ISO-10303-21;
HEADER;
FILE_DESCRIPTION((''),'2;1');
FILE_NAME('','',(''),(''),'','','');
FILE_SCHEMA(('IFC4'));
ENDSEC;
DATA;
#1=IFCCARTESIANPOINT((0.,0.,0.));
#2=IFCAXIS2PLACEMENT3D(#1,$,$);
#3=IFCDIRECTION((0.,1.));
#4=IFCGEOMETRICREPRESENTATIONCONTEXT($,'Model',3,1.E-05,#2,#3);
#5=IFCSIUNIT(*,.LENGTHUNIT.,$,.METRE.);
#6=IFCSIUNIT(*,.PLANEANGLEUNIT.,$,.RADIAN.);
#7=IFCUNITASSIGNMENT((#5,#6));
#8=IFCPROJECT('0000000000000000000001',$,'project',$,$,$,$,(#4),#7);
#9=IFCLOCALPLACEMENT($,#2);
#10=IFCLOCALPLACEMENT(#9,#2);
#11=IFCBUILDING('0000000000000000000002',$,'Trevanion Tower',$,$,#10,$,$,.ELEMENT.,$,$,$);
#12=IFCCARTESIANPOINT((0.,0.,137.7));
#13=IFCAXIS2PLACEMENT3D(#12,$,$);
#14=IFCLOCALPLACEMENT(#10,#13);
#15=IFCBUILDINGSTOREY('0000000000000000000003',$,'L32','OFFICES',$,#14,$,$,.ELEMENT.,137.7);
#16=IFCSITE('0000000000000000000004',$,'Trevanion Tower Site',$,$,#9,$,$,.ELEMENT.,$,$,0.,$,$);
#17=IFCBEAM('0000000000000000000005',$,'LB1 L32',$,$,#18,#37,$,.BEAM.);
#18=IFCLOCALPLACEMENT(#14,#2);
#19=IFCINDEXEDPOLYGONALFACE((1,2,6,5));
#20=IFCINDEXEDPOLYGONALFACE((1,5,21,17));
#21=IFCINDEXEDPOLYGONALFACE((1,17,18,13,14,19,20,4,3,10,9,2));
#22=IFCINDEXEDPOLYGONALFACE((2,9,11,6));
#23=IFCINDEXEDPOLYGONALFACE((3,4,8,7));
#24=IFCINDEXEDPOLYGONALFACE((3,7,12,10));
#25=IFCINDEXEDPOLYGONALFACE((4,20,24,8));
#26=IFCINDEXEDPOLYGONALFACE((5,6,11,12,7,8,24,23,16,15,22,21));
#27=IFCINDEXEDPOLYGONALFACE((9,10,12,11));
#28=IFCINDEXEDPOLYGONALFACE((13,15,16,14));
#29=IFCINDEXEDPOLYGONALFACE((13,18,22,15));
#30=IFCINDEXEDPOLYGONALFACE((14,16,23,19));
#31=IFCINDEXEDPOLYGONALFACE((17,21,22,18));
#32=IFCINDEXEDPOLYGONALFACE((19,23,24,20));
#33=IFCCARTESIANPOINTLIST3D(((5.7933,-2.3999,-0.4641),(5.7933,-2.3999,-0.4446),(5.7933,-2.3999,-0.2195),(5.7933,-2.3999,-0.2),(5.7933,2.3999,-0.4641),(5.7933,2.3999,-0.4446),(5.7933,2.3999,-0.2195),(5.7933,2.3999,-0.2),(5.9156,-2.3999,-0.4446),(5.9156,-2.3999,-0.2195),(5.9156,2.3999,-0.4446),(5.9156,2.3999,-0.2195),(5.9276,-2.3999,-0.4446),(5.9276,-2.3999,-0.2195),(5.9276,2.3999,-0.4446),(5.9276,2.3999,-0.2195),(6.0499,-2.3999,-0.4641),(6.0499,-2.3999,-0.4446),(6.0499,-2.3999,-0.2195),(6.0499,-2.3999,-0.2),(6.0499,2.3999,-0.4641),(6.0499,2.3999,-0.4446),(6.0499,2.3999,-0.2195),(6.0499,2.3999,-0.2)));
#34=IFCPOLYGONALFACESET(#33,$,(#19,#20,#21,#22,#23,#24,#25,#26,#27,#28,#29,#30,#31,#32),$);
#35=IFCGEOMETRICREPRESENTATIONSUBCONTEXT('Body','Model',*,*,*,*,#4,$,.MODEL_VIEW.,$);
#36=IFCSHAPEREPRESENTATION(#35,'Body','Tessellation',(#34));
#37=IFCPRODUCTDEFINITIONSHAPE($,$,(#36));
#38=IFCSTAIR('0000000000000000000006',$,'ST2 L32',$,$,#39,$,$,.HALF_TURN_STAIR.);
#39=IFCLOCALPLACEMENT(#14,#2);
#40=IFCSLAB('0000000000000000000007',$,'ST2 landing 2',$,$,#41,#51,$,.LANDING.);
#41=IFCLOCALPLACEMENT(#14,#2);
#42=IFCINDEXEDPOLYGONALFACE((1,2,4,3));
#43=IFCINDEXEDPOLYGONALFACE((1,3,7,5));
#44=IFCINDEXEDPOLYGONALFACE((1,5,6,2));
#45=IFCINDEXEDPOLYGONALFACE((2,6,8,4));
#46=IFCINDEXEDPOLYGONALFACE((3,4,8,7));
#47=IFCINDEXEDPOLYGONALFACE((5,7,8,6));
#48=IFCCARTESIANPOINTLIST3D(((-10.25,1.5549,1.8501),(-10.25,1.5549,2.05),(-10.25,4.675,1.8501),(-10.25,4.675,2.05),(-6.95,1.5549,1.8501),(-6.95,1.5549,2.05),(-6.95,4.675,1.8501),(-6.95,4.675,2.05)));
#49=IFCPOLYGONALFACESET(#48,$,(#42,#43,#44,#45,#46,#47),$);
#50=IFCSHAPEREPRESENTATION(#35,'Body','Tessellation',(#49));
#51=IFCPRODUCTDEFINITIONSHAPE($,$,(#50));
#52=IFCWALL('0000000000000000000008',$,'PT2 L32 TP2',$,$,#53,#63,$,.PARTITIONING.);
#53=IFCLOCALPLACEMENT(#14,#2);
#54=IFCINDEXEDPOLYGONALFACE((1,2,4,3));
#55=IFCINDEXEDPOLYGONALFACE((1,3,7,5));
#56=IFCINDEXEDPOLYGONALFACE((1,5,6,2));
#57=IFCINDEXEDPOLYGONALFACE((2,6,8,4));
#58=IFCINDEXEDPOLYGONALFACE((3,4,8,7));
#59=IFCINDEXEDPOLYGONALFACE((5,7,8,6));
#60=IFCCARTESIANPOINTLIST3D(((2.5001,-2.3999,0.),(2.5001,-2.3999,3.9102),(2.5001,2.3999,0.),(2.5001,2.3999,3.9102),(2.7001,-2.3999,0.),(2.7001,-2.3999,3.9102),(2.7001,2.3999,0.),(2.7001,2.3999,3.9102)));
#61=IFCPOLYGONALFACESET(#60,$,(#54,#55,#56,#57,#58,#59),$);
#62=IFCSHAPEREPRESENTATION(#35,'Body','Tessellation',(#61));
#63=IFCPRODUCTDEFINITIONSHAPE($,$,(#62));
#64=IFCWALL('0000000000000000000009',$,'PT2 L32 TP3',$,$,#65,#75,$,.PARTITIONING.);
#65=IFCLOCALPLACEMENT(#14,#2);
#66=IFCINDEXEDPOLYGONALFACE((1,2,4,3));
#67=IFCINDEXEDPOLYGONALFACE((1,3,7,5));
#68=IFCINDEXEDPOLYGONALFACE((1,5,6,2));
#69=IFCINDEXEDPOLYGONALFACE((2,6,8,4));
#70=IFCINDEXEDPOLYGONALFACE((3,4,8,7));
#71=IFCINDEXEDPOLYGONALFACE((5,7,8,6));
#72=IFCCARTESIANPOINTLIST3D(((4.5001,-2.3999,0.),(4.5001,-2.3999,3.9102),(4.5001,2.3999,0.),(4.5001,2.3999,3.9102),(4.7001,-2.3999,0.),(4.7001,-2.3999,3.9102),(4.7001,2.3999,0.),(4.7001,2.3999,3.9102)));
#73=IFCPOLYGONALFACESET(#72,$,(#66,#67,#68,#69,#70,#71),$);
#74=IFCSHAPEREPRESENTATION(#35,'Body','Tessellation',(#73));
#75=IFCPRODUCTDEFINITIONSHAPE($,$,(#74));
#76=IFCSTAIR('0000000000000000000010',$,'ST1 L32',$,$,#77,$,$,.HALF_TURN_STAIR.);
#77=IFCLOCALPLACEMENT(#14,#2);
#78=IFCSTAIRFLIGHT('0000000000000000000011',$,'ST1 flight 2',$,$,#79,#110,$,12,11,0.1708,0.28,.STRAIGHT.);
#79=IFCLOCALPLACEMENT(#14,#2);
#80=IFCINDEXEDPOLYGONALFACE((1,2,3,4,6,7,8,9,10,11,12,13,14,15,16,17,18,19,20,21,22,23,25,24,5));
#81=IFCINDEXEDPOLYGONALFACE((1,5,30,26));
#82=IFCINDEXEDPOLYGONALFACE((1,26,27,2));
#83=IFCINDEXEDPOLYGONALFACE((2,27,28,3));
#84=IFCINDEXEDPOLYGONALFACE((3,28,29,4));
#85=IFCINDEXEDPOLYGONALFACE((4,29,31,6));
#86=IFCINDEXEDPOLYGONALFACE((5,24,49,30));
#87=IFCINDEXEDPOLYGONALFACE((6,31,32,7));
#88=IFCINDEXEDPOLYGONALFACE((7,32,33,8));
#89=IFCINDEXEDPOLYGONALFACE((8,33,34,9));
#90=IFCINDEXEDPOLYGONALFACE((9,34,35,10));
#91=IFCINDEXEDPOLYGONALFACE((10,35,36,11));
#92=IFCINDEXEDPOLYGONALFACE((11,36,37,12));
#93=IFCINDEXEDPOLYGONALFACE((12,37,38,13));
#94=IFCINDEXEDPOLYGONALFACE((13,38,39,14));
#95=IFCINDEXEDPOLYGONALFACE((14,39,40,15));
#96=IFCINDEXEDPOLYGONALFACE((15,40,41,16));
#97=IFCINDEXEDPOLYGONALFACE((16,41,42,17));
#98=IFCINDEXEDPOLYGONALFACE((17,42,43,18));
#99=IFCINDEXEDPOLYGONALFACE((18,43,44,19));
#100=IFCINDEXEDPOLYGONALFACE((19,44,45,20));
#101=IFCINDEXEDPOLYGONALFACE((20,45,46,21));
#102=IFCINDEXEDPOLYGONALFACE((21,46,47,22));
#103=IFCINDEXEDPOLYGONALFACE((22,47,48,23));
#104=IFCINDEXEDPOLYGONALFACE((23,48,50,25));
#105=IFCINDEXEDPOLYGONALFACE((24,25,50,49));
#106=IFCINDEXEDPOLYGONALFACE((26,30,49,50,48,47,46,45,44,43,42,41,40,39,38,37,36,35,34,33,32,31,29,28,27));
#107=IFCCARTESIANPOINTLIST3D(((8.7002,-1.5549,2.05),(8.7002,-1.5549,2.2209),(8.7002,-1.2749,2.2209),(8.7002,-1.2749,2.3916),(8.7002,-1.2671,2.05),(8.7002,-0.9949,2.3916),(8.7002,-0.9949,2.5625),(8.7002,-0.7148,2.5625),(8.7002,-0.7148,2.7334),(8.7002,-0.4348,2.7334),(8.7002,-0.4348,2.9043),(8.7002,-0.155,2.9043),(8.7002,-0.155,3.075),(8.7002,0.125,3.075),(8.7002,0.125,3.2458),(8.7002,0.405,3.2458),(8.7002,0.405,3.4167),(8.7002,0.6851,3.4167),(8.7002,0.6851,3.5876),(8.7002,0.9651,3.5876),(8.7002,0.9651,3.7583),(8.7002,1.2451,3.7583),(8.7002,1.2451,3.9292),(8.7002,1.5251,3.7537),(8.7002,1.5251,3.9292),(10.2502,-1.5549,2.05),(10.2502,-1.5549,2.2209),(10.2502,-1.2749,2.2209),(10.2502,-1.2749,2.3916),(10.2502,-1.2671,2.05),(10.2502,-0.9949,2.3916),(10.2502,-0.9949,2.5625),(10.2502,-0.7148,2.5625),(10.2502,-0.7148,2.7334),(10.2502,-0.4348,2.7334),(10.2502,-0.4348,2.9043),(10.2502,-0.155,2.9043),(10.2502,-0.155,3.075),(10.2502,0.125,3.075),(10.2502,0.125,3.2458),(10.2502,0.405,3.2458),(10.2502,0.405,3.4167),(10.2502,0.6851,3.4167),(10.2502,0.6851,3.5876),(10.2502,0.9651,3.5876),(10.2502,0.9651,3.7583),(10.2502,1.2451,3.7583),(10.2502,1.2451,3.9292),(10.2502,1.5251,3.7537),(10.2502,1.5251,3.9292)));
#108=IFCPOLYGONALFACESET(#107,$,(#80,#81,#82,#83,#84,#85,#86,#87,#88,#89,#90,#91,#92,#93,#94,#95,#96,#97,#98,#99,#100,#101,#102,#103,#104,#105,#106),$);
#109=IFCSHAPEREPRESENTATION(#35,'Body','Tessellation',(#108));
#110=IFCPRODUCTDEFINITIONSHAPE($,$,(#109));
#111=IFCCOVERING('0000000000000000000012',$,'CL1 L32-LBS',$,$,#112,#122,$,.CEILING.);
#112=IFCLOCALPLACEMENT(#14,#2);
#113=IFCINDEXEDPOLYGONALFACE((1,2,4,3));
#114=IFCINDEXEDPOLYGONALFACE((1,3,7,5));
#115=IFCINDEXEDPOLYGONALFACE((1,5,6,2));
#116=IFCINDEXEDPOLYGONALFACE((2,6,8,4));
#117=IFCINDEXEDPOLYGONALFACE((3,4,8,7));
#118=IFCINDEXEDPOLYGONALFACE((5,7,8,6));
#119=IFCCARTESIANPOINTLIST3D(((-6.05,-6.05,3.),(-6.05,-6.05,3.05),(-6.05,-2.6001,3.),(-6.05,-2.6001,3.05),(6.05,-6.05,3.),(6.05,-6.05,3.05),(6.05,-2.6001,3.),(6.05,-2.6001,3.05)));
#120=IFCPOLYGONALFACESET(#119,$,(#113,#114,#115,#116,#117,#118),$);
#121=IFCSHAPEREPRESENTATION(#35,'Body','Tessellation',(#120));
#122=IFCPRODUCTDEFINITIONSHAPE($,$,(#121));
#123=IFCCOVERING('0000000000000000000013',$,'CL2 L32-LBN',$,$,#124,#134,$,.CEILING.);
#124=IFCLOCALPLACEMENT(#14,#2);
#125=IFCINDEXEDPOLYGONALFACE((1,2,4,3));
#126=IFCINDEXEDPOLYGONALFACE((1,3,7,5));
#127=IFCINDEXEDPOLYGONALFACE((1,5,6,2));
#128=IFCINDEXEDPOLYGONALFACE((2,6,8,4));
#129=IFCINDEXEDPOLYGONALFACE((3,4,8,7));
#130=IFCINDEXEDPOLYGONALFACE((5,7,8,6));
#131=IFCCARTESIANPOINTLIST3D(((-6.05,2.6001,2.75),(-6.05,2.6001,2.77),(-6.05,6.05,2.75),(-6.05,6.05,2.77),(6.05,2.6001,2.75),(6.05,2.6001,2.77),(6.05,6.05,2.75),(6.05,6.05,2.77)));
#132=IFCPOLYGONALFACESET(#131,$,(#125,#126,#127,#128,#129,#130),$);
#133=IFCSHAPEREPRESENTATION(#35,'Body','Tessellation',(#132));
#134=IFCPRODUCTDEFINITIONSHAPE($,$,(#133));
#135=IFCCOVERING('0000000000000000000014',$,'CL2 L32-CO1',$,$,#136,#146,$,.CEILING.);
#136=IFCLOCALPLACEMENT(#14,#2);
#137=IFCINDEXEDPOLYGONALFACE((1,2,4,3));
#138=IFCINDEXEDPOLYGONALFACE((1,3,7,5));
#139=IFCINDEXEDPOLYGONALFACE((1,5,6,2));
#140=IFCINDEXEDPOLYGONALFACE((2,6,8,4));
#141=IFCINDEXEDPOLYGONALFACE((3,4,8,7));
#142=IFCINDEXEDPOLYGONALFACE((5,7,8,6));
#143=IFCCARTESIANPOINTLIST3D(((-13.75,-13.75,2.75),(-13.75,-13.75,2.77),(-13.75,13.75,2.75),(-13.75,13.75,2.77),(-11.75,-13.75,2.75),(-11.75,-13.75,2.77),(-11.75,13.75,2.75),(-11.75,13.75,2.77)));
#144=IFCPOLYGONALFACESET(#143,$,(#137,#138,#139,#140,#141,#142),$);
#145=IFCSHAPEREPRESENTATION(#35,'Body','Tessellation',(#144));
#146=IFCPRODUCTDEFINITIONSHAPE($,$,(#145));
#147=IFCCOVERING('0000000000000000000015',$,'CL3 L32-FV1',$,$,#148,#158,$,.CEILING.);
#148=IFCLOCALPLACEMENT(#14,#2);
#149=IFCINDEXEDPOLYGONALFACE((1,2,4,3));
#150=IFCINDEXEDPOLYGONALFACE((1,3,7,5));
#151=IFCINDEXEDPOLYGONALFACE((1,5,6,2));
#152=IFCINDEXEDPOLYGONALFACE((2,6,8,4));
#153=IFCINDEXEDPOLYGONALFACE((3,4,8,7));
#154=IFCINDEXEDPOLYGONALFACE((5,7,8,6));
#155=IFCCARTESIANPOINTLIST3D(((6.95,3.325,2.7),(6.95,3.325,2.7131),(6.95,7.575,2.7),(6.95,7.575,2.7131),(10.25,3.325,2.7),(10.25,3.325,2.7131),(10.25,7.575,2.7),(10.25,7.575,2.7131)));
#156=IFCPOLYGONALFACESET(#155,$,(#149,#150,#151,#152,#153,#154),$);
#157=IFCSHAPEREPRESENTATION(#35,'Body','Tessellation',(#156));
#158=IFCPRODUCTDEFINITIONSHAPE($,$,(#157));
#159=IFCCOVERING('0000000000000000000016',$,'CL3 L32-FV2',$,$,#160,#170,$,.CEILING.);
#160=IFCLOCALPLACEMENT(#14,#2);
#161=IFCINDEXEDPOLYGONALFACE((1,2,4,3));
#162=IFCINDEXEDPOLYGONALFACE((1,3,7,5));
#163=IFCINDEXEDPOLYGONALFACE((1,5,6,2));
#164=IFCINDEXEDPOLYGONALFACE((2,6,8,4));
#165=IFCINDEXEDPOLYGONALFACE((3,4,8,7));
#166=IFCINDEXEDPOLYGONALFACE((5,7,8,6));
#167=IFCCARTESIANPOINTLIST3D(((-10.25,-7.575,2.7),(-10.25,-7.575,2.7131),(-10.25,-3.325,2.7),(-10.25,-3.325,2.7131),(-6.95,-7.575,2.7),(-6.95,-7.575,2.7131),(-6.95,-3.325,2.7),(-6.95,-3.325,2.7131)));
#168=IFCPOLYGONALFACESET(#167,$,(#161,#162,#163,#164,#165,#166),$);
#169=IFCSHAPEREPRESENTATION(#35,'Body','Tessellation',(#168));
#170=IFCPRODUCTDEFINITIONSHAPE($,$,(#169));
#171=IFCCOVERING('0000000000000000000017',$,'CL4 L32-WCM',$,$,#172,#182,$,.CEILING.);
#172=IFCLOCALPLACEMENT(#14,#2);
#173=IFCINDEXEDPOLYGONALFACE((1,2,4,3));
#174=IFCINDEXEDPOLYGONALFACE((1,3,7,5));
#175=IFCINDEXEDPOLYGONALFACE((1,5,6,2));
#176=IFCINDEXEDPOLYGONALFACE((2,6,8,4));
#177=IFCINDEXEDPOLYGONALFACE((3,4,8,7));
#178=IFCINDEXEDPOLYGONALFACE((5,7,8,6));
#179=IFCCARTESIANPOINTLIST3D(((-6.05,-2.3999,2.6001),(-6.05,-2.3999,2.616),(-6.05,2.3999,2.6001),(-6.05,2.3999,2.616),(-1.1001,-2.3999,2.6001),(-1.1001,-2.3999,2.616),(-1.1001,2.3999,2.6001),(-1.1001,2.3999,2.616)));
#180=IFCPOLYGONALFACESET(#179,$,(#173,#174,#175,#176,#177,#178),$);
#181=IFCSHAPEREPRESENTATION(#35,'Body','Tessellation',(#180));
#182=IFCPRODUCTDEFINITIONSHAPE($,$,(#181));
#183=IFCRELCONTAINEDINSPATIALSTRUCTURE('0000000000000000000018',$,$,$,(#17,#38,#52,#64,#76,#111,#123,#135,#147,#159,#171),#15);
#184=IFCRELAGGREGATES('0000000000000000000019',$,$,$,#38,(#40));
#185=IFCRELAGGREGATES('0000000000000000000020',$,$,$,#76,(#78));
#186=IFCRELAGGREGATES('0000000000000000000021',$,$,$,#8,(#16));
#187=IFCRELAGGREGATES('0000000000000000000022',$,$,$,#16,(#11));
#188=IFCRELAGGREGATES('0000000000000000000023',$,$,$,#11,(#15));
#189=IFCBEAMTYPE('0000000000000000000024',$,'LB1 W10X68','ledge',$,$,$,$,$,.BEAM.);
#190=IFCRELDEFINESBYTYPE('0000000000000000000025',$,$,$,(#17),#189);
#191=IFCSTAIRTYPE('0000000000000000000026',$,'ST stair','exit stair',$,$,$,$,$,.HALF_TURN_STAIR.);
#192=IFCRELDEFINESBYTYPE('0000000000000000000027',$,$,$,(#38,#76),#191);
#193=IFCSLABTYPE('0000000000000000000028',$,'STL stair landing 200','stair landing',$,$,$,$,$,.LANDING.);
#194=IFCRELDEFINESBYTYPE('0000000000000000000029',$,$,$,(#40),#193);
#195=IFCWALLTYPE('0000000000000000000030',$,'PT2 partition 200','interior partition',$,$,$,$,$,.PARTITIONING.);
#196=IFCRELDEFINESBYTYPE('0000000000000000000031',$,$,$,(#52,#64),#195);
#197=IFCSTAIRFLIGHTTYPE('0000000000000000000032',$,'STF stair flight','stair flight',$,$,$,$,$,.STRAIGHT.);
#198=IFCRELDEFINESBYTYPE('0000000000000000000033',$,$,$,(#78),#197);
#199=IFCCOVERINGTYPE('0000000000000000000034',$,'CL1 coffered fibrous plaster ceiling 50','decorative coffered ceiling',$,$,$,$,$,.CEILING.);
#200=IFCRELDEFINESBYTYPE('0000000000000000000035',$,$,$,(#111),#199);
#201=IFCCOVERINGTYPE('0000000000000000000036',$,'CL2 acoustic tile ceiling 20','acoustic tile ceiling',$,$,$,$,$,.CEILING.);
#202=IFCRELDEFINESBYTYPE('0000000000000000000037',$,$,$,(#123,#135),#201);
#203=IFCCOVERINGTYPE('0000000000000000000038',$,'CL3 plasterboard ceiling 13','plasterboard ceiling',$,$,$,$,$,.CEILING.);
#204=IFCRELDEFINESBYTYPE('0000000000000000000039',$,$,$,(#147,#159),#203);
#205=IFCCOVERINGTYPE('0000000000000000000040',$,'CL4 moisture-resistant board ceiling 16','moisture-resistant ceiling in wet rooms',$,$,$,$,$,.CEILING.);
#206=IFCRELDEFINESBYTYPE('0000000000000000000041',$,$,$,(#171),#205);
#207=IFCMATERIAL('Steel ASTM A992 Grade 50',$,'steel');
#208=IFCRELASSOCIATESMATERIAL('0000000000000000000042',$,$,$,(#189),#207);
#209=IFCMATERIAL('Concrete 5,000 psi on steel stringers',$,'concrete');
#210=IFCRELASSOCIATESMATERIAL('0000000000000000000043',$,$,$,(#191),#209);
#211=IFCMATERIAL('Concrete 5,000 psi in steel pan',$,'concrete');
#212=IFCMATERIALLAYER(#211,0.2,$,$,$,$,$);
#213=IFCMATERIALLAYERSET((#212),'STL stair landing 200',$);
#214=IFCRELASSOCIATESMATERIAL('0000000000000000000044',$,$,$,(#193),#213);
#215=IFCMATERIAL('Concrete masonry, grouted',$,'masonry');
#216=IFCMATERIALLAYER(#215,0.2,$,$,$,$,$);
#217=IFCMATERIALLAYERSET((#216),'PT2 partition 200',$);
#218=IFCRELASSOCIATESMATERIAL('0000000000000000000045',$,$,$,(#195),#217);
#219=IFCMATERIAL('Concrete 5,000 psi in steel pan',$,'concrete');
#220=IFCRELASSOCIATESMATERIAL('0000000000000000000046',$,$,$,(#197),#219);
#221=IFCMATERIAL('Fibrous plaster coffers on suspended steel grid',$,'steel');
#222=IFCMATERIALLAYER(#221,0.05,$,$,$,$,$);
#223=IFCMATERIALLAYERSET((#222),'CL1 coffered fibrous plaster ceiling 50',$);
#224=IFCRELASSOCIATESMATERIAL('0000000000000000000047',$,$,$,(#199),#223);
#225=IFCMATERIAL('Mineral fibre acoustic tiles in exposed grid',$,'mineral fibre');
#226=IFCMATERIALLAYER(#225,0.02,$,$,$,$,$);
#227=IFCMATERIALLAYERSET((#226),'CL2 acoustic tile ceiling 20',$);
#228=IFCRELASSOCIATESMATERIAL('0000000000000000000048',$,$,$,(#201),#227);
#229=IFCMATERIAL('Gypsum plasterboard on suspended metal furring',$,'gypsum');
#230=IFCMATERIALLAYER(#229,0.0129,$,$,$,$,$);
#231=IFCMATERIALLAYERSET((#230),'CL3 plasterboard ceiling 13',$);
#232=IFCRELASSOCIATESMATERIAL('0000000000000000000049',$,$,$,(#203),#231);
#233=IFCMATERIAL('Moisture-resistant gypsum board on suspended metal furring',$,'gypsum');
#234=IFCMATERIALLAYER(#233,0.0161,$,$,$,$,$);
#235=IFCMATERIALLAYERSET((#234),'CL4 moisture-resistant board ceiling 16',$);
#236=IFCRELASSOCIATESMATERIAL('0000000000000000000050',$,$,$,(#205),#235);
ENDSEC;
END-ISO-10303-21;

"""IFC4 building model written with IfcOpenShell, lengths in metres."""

from ifc_helpers import new_model, si_unit, direction, frame, frame_2d, origin, origin_2d, place, context, subcontext, project, spatial, polyline, rectangle, i_section, outline, extrude, material, layer, layer_set, material_profile, profile_set, type_object, element, aggregate, save


model = new_model("IFC4")

# Units and contexts
model_context = context("Model", 3, precision=1e-05, world=origin(), true_north=direction((0.0, 1.0)))
body_context = subcontext(model_context, "Body", "Model", "MODEL_VIEW")
ifc_project = project(units=[si_unit("LENGTHUNIT", "METRE"), si_unit("PLANEANGLEUNIT", "RADIAN")], contexts=[model_context])

# Site, building, storey
site_placement = place(None, origin())
site = spatial("IfcSite", under=ifc_project, at=site_placement, Name="Trevanion Tower Site", CompositionType="ELEMENT", RefElevation=0.0)
building_placement = place(site_placement, origin())
building = spatial("IfcBuilding", under=site, at=building_placement, Name="Trevanion Tower", CompositionType="ELEMENT")
storey_placement = place(building_placement, frame((0.0, 0.0, 137.7)))
storey = spatial("IfcBuildingStorey", under=building, at=storey_placement, Name="L32", Description="OFFICES", CompositionType="ELEMENT", Elevation=137.7)

# Beam
ifc_material_1 = material(Name="Steel ASTM A992 Grade 50", Category="steel")
ifc_material_profile = material_profile(ifc_material_1, i_section(OverallWidth=0.2566, OverallDepth=0.2642, WebThickness=0.012, FlangeThickness=0.0195, at=origin_2d()), Name="W10X68")
ifc_profile_set = profile_set([ifc_material_profile], Name="Steel ASTM A992 Grade 50")
beam_type = type_object("IfcBeamType", Name="LB1 W10X68", Description="ledge", PredefinedType="BEAM", material=ifc_profile_set)
beam_placement = place(storey_placement, frame((5.9216, -2.3999, -0.332), z_axis=(0.0, 1.0, 0.0), x_axis=(-1.0, 0.0, 0.0)))
element("IfcBeam", 1, at=beam_placement, inside=storey, type_object=beam_type, Name="LB1 L32", PredefinedType="BEAM", context=body_context, shape_type="SweptSolid", body=[
    extrude(i_section(OverallWidth=0.2566, OverallDepth=0.2642, WebThickness=0.012, FlangeThickness=0.0195, at=origin_2d()), origin(), (0.0, 0.0, 1.0), 4.7998),
])

# Stair, slab
ifc_material_2 = material(Name="Concrete 5,000 psi on steel stringers", Category="concrete")
stair_type = type_object("IfcStairType", Name="ST stair", Description="exit stair", PredefinedType="HALF_TURN_STAIR", material=ifc_material_2)
stair_1_placement = place(storey_placement, origin())
stair_1 = element("IfcStair", 2, at=stair_1_placement, inside=storey, type_object=stair_type, Name="ST2 L32", PredefinedType="HALF_TURN_STAIR")
ifc_material_3 = material(Name="Concrete 5,000 psi in steel pan", Category="concrete")
ifc_layer_1 = layer(ifc_material_3, 0.2)
ifc_layer_set_1 = layer_set([ifc_layer_1], Name="STL stair landing 200")
slab_type = type_object("IfcSlabType", Name="STL stair landing 200", Description="stair landing", PredefinedType="LANDING", material=ifc_layer_set_1)
slab_placement = place(storey_placement, frame((0.0, 0.0, 1.8501)))
slab = element("IfcSlab", 3, at=slab_placement, type_object=slab_type, Name="ST2 landing 2", PredefinedType="LANDING", context=body_context, shape_type="SweptSolid", body=[
    extrude(outline(polyline([(-6.95, 4.675), (-10.25, 4.675), (-10.25, 1.5549), (-6.95, 1.5549), (-6.95, 4.675)])), origin(), (0.0, 0.0, 1.0), 0.2),
])
aggregate(stair_1, [slab])

# Walls
ifc_material_4 = material(Name="Concrete masonry, grouted", Category="masonry")
ifc_layer_2 = layer(ifc_material_4, 0.2)
ifc_layer_set_2 = layer_set([ifc_layer_2], Name="PT2 partition 200")
wall_type = type_object("IfcWallType", Name="PT2 partition 200", Description="interior partition", PredefinedType="PARTITIONING", material=ifc_layer_set_2)
for number, where, z_axis, x_axis, name in (
    (4, (2.6001, -2.3999, 0.0), (0.0, 0.0, 1.0), (0.0, 1.0, 0.0), "PT2 L32 TP2"),
    (5, (4.6001, -2.3999, 0.0), (0.0, 0.0, 1.0), (0.0, 1.0, 0.0), "PT2 L32 TP3"),
):
    element("IfcWall", number, at=place(storey_placement, frame(where, z_axis=z_axis, x_axis=x_axis)), inside=storey, type_object=wall_type, Name=name, PredefinedType="PARTITIONING", context=body_context, shape_type="SweptSolid", body=[
        extrude(rectangle(XDim=4.7998, YDim=0.2, at=frame_2d((2.3999, 0.0))), origin(), (0.0, 0.0, 1.0), 3.9102),
    ])

# Stair, stair flight
stair_2_placement = place(storey_placement, origin())
stair_2 = element("IfcStair", 6, at=stair_2_placement, inside=storey, type_object=stair_type, Name="ST1 L32", PredefinedType="HALF_TURN_STAIR")
ifc_material_5 = material(Name="Concrete 5,000 psi in steel pan", Category="concrete")
stair_flight_type = type_object("IfcStairFlightType", Name="STF stair flight", Description="stair flight", PredefinedType="STRAIGHT", material=ifc_material_5)
stair_flight_placement = place(storey_placement, frame((9.4751, -1.5549, 2.05), z_axis=(0.0, 0.0, 1.0), x_axis=(0.0, 1.0, 0.0)))
stair_flight = element("IfcStairFlight", 7, at=stair_flight_placement, type_object=stair_flight_type, Name="ST1 flight 2", NumberOfRisers=12, NumberOfTreads=11, PredefinedType="STRAIGHT", RiserHeight=0.1708, TreadLength=0.28, context=body_context, shape_type="SweptSolid", body=[
    extrude(outline(polyline([(0.0, 0.0), (0.0, 0.1709), (0.28, 0.1709), (0.28, 0.3416), (0.5601, 0.3416), (0.5601, 0.5125), (0.8401, 0.5125), (0.8401, 0.6833), (1.1201, 0.6833), (1.1201, 0.8542), (1.3999, 0.8542), (1.3999, 1.0249), (1.6799, 1.0249), (1.6799, 1.1958), (1.96, 1.1958), (1.96, 1.3667), (2.24, 1.3667), (2.24, 1.5376), (2.52, 1.5376), (2.52, 1.7083), (2.8, 1.7083), (2.8, 1.8792), (3.0801, 1.8792), (3.0801, 2.05), (3.0801, 1.7036), (0.2878, 0.0), (0.0, 0.0)])), frame((0.0, 0.7749, 0.0), z_axis=(0.0, -1.0, 0.0), x_axis=(1.0, 0.0, 0.0)), (0.0, 0.0, 1.0), 1.55),
])
aggregate(stair_2, [stair_flight])

# Coverings
ifc_material_6 = material(Name="Fibrous plaster coffers on suspended steel grid", Category="steel")
ifc_layer_3 = layer(ifc_material_6, 0.05)
ifc_layer_set_3 = layer_set([ifc_layer_3], Name="CL1 coffered fibrous plaster ceiling 50")
covering_type_1 = type_object("IfcCoveringType", Name="CL1 coffered fibrous plaster ceiling 50", Description="decorative coffered ceiling", PredefinedType="CEILING", material=ifc_layer_set_3)
covering_1_placement = place(storey_placement, frame((0.0, 0.0, 3.0)))
element("IfcCovering", 8, at=covering_1_placement, inside=storey, type_object=covering_type_1, Name="CL1 L32-LBS", PredefinedType="CEILING", context=body_context, shape_type="SweptSolid", body=[
    extrude(outline(polyline([(6.05, -6.05), (6.05, -2.6001), (-6.05, -2.6001), (-6.05, -6.05), (6.05, -6.05)])), origin(), (0.0, 0.0, 1.0), 0.05),
])
ifc_material_7 = material(Name="Mineral fibre acoustic tiles in exposed grid", Category="mineral fibre")
ifc_layer_4 = layer(ifc_material_7, 0.02)
ifc_layer_set_4 = layer_set([ifc_layer_4], Name="CL2 acoustic tile ceiling 20")
covering_type_2 = type_object("IfcCoveringType", Name="CL2 acoustic tile ceiling 20", Description="acoustic tile ceiling", PredefinedType="CEILING", material=ifc_layer_set_4)
covering_2_placement = place(storey_placement, frame((0.0, 0.0, 2.75)))
element("IfcCovering", 9, at=covering_2_placement, inside=storey, type_object=covering_type_2, Name="CL2 L32-LBN", PredefinedType="CEILING", context=body_context, shape_type="SweptSolid", body=[
    extrude(outline(polyline([(6.05, 2.6001), (6.05, 6.05), (-6.05, 6.05), (-6.05, 2.6001), (6.05, 2.6001)])), origin(), (0.0, 0.0, 1.0), 0.02),
])
covering_3_placement = place(storey_placement, frame((0.0, 0.0, 2.75)))
element("IfcCovering", 10, at=covering_3_placement, inside=storey, type_object=covering_type_2, Name="CL2 L32-CO1", PredefinedType="CEILING", context=body_context, shape_type="SweptSolid", body=[
    extrude(outline(polyline([(-11.75, 13.75), (-11.75, -13.75), (-13.75, -13.75), (-13.75, 13.75), (-11.75, 13.75)])), origin(), (0.0, 0.0, 1.0), 0.02),
])
ifc_material_8 = material(Name="Gypsum plasterboard on suspended metal furring", Category="gypsum")
ifc_layer_5 = layer(ifc_material_8, 0.0129)
ifc_layer_set_5 = layer_set([ifc_layer_5], Name="CL3 plasterboard ceiling 13")
covering_type_3 = type_object("IfcCoveringType", Name="CL3 plasterboard ceiling 13", Description="plasterboard ceiling", PredefinedType="CEILING", material=ifc_layer_set_5)
covering_4_placement = place(storey_placement, frame((0.0, 0.0, 2.7)))
element("IfcCovering", 11, at=covering_4_placement, inside=storey, type_object=covering_type_3, Name="CL3 L32-FV1", PredefinedType="CEILING", context=body_context, shape_type="SweptSolid", body=[
    extrude(outline(polyline([(10.25, 3.325), (10.25, 7.575), (6.95, 7.575), (6.95, 3.325), (10.25, 3.325)])), origin(), (0.0, 0.0, 1.0), 0.0132),
])
covering_5_placement = place(storey_placement, frame((0.0, 0.0, 2.7)))
element("IfcCovering", 12, at=covering_5_placement, inside=storey, type_object=covering_type_3, Name="CL3 L32-FV2", PredefinedType="CEILING", context=body_context, shape_type="SweptSolid", body=[
    extrude(outline(polyline([(-10.25, -3.325), (-10.25, -7.575), (-6.95, -7.575), (-6.95, -3.325), (-10.25, -3.325)])), origin(), (0.0, 0.0, 1.0), 0.0132),
])
ifc_material_9 = material(Name="Moisture-resistant gypsum board on suspended metal furring", Category="gypsum")
ifc_layer_6 = layer(ifc_material_9, 0.0161)
ifc_layer_set_6 = layer_set([ifc_layer_6], Name="CL4 moisture-resistant board ceiling 16")
covering_type_4 = type_object("IfcCoveringType", Name="CL4 moisture-resistant board ceiling 16", Description="moisture-resistant ceiling in wet rooms", PredefinedType="CEILING", material=ifc_layer_set_6)
covering_6_placement = place(storey_placement, frame((0.0, 0.0, 2.6001)))
element("IfcCovering", 13, at=covering_6_placement, inside=storey, type_object=covering_type_4, Name="CL4 L32-WCM", PredefinedType="CEILING", context=body_context, shape_type="SweptSolid", body=[
    extrude(outline(polyline([(-1.1001, -2.3999), (-1.1001, 2.3999), (-6.05, 2.3999), (-6.05, -2.3999), (-1.1001, -2.3999)])), origin(), (0.0, 0.0, 1.0), 0.0159),
])

save(model, "model.ifc")
